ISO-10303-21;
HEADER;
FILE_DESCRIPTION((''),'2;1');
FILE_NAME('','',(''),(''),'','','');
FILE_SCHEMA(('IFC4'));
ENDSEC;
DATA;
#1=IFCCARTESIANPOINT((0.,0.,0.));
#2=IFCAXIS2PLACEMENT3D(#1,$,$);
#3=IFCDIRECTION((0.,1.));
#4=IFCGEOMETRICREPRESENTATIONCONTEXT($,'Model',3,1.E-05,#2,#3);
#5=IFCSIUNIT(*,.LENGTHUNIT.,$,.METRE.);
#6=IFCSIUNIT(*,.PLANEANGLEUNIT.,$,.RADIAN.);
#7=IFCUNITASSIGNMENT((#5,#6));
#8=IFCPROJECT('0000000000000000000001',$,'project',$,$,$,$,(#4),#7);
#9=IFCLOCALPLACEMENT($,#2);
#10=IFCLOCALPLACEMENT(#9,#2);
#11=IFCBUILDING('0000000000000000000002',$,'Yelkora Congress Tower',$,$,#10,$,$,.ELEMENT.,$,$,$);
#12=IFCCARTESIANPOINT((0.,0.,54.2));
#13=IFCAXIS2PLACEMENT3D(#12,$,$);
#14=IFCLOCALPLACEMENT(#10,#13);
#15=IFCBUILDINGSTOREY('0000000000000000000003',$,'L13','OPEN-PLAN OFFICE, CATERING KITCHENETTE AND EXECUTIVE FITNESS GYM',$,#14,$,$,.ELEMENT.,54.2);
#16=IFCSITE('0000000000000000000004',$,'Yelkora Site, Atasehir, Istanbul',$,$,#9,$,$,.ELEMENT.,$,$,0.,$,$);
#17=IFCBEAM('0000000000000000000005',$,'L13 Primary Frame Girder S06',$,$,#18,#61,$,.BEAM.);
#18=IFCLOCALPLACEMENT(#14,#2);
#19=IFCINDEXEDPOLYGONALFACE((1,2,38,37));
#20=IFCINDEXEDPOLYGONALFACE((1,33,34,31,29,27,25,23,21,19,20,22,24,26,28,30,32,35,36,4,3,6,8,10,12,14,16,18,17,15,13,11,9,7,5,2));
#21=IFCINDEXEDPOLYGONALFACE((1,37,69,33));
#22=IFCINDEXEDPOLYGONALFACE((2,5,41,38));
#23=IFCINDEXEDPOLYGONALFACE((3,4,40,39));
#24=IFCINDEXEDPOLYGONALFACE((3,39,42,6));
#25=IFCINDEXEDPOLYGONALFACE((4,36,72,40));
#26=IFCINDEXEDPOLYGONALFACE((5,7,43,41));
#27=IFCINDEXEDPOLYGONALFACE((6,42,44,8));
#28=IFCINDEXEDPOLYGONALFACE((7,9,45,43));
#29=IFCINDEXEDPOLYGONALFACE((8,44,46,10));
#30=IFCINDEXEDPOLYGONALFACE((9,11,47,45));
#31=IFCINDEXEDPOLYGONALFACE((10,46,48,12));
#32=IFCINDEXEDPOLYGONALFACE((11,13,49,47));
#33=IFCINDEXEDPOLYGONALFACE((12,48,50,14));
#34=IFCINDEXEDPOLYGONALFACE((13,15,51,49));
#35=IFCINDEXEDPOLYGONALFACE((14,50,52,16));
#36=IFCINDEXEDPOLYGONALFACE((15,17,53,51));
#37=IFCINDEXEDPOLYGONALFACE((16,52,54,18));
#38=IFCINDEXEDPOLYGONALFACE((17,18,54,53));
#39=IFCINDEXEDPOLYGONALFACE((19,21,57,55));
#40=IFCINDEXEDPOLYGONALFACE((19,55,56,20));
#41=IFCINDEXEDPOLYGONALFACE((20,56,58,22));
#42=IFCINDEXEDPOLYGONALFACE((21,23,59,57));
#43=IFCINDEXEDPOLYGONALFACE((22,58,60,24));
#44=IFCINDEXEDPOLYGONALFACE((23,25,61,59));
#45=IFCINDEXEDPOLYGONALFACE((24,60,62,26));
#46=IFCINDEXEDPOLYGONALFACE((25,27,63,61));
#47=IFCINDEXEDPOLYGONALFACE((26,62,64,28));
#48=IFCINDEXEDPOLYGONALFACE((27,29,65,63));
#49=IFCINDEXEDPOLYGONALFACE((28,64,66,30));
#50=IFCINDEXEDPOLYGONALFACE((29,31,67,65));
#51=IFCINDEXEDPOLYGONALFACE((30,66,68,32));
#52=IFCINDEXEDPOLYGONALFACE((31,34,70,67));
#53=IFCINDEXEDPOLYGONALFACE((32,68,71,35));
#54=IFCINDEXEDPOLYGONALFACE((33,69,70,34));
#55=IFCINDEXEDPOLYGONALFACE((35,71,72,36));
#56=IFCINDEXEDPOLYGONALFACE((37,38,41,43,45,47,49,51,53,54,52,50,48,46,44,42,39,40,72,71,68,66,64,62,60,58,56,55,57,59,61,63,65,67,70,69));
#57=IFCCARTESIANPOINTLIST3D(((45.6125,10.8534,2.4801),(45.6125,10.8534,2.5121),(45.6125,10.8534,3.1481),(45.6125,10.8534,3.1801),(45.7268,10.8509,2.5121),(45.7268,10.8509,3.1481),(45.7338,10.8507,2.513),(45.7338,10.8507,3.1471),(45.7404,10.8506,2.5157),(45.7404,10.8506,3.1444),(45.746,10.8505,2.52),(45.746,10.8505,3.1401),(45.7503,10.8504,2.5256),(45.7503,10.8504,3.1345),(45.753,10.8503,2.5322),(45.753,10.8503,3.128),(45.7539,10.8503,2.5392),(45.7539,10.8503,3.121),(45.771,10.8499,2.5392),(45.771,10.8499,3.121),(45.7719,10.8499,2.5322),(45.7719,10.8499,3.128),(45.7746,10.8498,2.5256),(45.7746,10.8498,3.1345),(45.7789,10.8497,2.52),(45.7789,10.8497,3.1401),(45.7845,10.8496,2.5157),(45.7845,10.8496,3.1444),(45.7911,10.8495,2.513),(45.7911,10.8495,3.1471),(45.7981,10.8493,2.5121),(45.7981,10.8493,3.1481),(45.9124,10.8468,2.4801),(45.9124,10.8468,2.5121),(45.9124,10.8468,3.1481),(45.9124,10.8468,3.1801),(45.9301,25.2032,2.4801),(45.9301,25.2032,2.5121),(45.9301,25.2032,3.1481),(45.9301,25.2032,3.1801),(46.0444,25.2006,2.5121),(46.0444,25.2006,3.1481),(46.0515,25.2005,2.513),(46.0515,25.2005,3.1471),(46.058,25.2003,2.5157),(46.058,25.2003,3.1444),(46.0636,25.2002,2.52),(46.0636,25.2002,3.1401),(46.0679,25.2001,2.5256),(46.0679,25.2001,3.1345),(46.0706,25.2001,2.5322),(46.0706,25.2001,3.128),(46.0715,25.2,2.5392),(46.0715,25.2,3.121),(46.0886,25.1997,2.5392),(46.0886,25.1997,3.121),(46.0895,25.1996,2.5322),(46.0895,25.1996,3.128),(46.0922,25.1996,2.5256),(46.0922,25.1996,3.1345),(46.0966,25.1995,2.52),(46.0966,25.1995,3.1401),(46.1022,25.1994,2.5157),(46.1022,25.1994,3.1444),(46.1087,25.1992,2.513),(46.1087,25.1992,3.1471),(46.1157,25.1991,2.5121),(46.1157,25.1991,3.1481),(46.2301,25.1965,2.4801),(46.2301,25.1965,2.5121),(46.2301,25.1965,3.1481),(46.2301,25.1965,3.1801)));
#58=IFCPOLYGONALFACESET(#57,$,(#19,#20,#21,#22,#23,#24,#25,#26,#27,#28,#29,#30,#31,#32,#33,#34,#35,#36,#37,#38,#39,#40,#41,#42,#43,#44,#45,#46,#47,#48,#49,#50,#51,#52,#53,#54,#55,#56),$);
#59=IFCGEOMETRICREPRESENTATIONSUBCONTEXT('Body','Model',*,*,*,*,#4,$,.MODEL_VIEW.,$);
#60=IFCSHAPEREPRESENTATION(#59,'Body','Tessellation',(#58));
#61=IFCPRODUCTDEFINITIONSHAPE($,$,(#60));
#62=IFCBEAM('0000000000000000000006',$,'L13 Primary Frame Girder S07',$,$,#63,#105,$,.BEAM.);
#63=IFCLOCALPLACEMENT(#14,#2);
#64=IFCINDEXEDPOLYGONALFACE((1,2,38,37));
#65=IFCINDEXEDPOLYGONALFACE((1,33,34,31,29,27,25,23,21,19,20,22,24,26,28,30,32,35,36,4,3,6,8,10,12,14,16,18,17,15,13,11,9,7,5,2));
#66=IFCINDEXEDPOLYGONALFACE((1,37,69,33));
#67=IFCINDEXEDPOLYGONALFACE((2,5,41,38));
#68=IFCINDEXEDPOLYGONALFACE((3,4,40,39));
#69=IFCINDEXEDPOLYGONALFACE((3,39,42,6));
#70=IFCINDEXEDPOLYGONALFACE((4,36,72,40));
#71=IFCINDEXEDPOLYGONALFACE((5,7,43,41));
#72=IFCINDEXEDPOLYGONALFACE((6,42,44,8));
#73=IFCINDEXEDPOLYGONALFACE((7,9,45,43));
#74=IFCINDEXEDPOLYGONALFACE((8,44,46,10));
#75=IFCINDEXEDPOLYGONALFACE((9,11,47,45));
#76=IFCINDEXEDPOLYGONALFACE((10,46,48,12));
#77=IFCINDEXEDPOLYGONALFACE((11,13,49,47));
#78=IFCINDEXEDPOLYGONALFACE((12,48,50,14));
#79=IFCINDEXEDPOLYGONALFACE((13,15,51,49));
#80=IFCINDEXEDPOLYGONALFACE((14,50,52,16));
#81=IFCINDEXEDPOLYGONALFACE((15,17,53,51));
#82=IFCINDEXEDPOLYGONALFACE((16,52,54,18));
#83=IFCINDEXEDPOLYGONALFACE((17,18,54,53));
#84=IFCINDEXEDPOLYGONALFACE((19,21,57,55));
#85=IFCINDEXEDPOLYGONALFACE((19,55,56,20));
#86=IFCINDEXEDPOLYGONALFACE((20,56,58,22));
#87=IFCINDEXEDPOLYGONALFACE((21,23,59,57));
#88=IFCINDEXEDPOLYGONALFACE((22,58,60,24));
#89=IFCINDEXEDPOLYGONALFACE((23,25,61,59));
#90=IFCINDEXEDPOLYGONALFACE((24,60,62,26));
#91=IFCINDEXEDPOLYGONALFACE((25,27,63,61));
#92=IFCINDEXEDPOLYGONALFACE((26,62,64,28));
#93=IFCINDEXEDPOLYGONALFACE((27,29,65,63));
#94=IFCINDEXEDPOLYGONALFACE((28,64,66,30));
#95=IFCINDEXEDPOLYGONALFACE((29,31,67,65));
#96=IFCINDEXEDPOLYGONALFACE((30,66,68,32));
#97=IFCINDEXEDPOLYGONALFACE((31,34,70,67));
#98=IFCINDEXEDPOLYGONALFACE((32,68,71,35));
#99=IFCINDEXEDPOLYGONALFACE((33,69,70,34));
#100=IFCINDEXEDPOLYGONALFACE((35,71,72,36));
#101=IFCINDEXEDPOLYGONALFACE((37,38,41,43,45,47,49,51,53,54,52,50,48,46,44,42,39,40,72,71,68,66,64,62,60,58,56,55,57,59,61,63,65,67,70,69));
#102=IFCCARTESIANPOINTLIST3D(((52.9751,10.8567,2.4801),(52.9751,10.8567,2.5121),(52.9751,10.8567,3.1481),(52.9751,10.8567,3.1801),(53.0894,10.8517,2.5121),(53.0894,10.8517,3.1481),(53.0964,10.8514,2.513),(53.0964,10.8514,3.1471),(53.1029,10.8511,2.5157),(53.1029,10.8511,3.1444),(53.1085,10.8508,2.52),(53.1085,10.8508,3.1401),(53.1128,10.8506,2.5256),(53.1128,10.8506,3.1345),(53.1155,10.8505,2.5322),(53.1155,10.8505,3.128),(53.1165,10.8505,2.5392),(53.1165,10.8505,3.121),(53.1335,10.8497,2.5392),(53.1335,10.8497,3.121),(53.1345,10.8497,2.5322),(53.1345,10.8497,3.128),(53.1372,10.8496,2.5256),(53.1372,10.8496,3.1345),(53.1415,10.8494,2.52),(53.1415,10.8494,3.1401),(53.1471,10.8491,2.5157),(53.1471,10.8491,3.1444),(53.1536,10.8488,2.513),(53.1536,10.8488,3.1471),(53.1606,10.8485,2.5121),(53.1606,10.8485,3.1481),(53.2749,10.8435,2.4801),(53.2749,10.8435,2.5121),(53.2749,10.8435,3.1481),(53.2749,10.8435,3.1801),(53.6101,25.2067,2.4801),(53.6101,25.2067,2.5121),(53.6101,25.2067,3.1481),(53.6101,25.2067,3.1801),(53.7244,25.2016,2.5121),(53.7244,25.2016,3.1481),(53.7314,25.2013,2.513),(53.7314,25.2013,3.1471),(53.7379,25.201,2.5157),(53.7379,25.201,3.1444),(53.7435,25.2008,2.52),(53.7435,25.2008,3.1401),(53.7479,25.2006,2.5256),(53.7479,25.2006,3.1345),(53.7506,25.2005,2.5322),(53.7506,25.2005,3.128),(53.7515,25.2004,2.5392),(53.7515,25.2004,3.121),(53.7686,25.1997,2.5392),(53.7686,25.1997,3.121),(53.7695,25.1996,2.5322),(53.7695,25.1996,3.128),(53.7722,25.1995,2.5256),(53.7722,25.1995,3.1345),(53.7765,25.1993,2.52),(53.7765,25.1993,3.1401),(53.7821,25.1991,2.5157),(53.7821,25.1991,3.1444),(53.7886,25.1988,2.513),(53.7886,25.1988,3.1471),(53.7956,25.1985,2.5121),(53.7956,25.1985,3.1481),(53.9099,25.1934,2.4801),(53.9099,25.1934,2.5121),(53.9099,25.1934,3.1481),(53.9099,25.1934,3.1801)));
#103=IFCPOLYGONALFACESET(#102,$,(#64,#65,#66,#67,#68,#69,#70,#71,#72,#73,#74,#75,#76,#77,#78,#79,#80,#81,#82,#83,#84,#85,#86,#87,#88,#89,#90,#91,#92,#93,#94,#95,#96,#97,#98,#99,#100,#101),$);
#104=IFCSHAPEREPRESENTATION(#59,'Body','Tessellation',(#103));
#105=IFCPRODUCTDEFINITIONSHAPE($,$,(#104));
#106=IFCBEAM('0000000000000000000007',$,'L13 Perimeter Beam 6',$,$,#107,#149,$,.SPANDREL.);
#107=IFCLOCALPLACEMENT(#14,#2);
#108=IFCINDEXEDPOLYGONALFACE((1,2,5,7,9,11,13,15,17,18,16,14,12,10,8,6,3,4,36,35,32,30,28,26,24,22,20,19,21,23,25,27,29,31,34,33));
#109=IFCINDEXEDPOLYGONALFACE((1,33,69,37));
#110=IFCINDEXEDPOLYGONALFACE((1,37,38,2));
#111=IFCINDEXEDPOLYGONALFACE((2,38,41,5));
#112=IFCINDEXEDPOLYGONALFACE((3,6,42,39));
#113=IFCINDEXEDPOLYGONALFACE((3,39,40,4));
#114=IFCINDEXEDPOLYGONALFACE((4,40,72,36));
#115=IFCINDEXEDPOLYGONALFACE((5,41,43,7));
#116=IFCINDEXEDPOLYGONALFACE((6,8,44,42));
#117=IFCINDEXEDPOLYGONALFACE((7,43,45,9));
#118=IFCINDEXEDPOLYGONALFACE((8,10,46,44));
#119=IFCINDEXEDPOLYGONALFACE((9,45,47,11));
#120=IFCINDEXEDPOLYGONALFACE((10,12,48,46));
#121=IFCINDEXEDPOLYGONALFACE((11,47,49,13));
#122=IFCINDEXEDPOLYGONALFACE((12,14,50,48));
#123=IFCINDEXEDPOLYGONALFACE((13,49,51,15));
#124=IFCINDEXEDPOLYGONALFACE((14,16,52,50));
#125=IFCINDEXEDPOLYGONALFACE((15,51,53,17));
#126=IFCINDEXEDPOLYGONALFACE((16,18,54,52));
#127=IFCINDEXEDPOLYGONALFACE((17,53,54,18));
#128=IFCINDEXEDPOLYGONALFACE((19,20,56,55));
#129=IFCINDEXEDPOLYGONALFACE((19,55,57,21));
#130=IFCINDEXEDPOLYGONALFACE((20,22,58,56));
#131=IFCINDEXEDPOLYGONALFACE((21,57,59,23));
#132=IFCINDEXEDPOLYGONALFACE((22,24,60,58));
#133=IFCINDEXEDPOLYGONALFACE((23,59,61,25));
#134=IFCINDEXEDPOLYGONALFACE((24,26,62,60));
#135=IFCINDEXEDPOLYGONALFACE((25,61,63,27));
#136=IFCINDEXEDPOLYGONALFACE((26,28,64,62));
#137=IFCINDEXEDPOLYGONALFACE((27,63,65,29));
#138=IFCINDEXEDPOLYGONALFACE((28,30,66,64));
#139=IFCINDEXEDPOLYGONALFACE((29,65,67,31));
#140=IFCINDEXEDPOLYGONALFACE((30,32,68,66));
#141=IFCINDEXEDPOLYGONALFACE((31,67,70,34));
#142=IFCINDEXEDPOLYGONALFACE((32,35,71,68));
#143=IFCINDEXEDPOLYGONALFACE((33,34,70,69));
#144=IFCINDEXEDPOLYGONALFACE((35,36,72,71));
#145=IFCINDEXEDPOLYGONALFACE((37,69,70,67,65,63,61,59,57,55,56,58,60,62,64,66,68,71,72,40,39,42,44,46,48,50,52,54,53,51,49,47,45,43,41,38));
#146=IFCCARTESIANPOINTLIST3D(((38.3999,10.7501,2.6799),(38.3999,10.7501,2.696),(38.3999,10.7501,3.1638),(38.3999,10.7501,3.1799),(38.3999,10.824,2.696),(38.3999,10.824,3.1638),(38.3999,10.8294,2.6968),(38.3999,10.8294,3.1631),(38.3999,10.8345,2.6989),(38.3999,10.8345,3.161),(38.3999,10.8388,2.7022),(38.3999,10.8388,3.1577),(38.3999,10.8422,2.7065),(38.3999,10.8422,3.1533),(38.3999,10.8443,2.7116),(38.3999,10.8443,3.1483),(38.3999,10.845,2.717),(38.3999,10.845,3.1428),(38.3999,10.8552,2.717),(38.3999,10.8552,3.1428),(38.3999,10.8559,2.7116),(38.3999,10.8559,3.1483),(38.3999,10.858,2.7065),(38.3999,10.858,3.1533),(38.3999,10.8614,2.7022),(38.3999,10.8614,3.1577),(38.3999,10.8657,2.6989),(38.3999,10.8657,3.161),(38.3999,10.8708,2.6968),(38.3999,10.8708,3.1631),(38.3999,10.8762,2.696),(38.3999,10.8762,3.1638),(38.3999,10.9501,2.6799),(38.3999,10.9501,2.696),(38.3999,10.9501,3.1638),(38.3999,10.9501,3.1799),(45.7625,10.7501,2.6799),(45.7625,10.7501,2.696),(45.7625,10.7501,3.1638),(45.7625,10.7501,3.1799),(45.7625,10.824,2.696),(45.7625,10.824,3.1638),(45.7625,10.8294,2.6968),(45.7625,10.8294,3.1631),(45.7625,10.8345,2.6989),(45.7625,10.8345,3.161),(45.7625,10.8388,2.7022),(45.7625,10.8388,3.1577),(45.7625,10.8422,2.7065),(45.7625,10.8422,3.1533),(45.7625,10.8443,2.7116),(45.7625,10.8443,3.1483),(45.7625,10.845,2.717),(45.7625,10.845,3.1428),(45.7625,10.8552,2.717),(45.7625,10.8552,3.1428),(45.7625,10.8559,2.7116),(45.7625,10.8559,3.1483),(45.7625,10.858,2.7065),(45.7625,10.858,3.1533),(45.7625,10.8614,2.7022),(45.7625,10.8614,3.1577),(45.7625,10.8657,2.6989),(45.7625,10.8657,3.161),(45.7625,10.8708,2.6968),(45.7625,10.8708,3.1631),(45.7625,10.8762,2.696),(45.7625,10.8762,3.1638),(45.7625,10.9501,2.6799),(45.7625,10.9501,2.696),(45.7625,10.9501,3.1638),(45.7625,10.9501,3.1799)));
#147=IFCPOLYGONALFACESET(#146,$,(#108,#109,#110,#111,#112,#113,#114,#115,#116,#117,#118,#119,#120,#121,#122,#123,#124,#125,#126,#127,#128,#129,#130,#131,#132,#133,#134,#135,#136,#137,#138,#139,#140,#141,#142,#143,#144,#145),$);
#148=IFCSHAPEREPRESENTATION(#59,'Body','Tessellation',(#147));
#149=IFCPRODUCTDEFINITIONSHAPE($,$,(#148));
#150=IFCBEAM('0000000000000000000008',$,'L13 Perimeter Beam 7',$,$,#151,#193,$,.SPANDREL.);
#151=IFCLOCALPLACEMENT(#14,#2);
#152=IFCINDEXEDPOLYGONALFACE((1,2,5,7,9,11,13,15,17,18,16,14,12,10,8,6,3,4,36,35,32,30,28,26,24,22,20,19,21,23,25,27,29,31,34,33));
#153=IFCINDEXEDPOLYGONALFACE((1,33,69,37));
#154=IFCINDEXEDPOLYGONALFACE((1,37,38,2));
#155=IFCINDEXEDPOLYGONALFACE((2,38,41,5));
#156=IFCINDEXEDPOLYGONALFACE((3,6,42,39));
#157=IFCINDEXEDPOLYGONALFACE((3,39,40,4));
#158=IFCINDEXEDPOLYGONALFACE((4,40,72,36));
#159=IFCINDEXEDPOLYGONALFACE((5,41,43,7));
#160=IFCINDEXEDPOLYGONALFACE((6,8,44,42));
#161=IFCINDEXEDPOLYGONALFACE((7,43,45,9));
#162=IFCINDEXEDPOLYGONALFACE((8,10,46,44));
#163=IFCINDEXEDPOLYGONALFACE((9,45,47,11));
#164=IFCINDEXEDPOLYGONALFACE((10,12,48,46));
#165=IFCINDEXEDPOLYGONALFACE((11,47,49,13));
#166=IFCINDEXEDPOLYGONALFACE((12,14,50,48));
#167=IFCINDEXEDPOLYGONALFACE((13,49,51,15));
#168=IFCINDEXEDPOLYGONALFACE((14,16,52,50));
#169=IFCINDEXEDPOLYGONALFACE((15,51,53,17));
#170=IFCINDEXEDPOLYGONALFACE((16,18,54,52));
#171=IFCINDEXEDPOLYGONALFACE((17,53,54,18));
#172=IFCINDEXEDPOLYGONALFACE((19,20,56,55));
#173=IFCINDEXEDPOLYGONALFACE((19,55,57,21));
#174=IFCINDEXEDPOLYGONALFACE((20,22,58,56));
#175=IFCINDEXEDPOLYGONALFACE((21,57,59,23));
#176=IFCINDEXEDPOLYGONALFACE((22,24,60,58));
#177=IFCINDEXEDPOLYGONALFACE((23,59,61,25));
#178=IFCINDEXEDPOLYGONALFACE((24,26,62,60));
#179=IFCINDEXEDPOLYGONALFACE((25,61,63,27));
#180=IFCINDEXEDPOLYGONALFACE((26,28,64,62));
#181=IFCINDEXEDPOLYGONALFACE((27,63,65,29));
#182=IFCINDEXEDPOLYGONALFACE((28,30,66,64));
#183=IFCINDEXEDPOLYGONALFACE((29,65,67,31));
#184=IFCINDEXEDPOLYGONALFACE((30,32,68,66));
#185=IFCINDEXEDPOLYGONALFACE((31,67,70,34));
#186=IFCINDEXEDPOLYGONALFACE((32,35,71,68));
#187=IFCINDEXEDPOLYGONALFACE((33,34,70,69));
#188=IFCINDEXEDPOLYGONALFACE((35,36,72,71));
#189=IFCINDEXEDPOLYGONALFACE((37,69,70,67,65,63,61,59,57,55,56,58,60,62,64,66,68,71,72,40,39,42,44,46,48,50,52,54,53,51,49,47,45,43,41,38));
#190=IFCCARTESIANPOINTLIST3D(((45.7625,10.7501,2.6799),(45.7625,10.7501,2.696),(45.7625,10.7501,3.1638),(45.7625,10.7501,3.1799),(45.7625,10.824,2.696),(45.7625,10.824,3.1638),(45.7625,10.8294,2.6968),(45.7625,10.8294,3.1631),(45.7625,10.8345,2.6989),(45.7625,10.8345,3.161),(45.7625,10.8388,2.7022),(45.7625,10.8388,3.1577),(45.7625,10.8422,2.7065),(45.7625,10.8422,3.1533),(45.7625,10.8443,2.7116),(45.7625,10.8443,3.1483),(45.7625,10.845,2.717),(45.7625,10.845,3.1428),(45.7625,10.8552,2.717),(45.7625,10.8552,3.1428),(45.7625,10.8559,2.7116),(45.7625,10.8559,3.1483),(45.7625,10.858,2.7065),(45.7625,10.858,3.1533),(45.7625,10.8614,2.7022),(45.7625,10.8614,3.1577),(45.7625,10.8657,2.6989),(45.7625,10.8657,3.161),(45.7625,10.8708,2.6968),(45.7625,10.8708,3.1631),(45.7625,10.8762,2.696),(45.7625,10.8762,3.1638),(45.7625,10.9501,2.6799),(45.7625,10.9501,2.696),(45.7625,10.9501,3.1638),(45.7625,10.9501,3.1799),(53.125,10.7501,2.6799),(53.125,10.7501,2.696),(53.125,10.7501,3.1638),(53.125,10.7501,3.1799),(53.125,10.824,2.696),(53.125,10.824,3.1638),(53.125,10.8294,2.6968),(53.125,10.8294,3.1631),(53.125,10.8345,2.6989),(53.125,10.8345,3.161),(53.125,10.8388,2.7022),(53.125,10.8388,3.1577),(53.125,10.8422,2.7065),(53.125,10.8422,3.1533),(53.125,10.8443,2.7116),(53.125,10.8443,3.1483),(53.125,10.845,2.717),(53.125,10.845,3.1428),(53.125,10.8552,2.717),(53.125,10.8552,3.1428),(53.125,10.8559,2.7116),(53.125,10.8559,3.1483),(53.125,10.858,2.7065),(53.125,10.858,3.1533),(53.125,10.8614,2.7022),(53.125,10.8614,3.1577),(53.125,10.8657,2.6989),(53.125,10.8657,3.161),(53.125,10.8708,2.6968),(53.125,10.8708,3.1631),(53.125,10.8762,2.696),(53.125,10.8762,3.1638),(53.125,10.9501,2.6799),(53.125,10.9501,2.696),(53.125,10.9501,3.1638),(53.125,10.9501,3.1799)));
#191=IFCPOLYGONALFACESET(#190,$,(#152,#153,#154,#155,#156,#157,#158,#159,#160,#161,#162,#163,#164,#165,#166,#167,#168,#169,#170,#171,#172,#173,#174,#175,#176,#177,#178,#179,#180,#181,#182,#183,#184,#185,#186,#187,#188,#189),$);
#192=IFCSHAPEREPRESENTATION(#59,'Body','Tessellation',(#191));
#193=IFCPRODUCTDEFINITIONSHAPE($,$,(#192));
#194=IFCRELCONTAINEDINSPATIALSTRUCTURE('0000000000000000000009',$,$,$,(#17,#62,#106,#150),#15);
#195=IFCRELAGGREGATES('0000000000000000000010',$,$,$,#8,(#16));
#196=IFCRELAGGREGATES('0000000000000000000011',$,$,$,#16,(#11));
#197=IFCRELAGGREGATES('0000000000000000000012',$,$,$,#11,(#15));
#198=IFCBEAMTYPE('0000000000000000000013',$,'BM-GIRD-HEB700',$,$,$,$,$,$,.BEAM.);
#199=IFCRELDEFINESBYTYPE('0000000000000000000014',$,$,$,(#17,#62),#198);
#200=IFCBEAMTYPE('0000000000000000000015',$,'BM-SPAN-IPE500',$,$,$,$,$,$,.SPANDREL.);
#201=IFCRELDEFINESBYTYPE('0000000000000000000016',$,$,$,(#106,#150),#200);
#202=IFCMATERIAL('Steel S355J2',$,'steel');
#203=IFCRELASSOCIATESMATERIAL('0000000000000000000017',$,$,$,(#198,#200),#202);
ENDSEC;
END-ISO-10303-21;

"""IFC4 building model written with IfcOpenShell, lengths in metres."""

from ifc_helpers import new_model, si_unit, direction, frame, origin, origin_2d, place, context, subcontext, project, spatial, i_section, extrude, material, material_profile, profile_set, type_object, element, save


model = new_model("IFC4")

# Units and contexts
model_context = context("Model", 3, precision=1e-05, world=origin(), true_north=direction((0.0, 1.0)))
body_context = subcontext(model_context, "Body", "Model", "MODEL_VIEW")
ifc_project = project(units=[si_unit("LENGTHUNIT", "METRE"), si_unit("PLANEANGLEUNIT", "RADIAN")], contexts=[model_context])

# Site, building, storey
site_placement = place(None, origin())
site = spatial("IfcSite", under=ifc_project, at=site_placement, Name="Yelkora Site, Atasehir, Istanbul", CompositionType="ELEMENT", RefElevation=0.0)
building_placement = place(site_placement, origin())
building = spatial("IfcBuilding", under=site, at=building_placement, Name="Yelkora Congress Tower", CompositionType="ELEMENT")
storey_placement = place(building_placement, frame((0.0, 0.0, 54.2)))
storey = spatial("IfcBuildingStorey", under=building, at=storey_placement, Name="L13", Description="OPEN-PLAN OFFICE, CATERING KITCHENETTE AND EXECUTIVE FITNESS GYM", CompositionType="ELEMENT", Elevation=54.2)

# Beams
ifc_material_1 = material(Name="Steel S355J2", Category="steel")
ifc_material_profile_1 = material_profile(ifc_material_1, i_section(OverallWidth=0.3, OverallDepth=0.7, WebThickness=0.0171, FlangeThickness=0.032, FilletRadius=0.0271, at=origin_2d()), Name="HEB 700")
ifc_profile_set_1 = profile_set([ifc_material_profile_1], Name="Steel S355J2")
beam_type_1 = type_object("IfcBeamType", Name="BM-GIRD-HEB700", PredefinedType="BEAM", material=ifc_profile_set_1)
beam_1_placement = place(storey_placement, frame((45.7625, 10.8501, 2.8301), z_axis=(0.022129, 0.999755, 0.0), x_axis=(-0.999755, 0.022129, 0.0)))
element("IfcBeam", 1, at=beam_1_placement, inside=storey, type_object=beam_type_1, Name="L13 Primary Frame Girder S06", PredefinedType="BEAM", context=body_context, shape_type="SweptSolid", body=[
    extrude(i_section(OverallWidth=0.3, OverallDepth=0.7, WebThickness=0.0171, FlangeThickness=0.032, FilletRadius=0.0271, at=origin_2d()), origin(), (0.0, 0.0, 1.0), 14.3533),
])
beam_2_placement = place(storey_placement, frame((53.125, 10.8501, 2.8301), z_axis=(0.044209, 0.999022, 0.0), x_axis=(-0.999022, 0.044209, 0.0)))
element("IfcBeam", 2, at=beam_2_placement, inside=storey, type_object=beam_type_1, Name="L13 Primary Frame Girder S07", PredefinedType="BEAM", context=body_context, shape_type="SweptSolid", body=[
    extrude(i_section(OverallWidth=0.3, OverallDepth=0.7, WebThickness=0.0171, FlangeThickness=0.032, FilletRadius=0.0271, at=origin_2d()), origin(), (0.0, 0.0, 1.0), 14.364),
])
ifc_material_profile_2 = material_profile(ifc_material_1, i_section(OverallWidth=0.2, OverallDepth=0.5, WebThickness=0.0103, FlangeThickness=0.0161, FilletRadius=0.021, at=origin_2d()), Name="IPE 500")
ifc_profile_set_2 = profile_set([ifc_material_profile_2], Name="Steel S355J2")
beam_type_2 = type_object("IfcBeamType", Name="BM-SPAN-IPE500", PredefinedType="SPANDREL", material=ifc_profile_set_2)
for number, where, z_axis, x_axis, name in (
    (3, (38.3999, 10.8501, 2.9299), (1.0, 0.0, 0.0), (0.0, 1.0, 0.0), "L13 Perimeter Beam 6"),
    (4, (45.7625, 10.8501, 2.9299), (1.0, 0.0, 0.0), (0.0, 1.0, 0.0), "L13 Perimeter Beam 7"),
):
    element("IfcBeam", number, at=place(storey_placement, frame(where, z_axis=z_axis, x_axis=x_axis)), inside=storey, type_object=beam_type_2, Name=name, PredefinedType="SPANDREL", context=body_context, shape_type="SweptSolid", body=[
        extrude(i_section(OverallWidth=0.2, OverallDepth=0.5, WebThickness=0.0103, FlangeThickness=0.0161, FilletRadius=0.021, at=origin_2d()), origin(), (0.0, 0.0, 1.0), 7.3625),
    ])

save(model, "model.ifc")
